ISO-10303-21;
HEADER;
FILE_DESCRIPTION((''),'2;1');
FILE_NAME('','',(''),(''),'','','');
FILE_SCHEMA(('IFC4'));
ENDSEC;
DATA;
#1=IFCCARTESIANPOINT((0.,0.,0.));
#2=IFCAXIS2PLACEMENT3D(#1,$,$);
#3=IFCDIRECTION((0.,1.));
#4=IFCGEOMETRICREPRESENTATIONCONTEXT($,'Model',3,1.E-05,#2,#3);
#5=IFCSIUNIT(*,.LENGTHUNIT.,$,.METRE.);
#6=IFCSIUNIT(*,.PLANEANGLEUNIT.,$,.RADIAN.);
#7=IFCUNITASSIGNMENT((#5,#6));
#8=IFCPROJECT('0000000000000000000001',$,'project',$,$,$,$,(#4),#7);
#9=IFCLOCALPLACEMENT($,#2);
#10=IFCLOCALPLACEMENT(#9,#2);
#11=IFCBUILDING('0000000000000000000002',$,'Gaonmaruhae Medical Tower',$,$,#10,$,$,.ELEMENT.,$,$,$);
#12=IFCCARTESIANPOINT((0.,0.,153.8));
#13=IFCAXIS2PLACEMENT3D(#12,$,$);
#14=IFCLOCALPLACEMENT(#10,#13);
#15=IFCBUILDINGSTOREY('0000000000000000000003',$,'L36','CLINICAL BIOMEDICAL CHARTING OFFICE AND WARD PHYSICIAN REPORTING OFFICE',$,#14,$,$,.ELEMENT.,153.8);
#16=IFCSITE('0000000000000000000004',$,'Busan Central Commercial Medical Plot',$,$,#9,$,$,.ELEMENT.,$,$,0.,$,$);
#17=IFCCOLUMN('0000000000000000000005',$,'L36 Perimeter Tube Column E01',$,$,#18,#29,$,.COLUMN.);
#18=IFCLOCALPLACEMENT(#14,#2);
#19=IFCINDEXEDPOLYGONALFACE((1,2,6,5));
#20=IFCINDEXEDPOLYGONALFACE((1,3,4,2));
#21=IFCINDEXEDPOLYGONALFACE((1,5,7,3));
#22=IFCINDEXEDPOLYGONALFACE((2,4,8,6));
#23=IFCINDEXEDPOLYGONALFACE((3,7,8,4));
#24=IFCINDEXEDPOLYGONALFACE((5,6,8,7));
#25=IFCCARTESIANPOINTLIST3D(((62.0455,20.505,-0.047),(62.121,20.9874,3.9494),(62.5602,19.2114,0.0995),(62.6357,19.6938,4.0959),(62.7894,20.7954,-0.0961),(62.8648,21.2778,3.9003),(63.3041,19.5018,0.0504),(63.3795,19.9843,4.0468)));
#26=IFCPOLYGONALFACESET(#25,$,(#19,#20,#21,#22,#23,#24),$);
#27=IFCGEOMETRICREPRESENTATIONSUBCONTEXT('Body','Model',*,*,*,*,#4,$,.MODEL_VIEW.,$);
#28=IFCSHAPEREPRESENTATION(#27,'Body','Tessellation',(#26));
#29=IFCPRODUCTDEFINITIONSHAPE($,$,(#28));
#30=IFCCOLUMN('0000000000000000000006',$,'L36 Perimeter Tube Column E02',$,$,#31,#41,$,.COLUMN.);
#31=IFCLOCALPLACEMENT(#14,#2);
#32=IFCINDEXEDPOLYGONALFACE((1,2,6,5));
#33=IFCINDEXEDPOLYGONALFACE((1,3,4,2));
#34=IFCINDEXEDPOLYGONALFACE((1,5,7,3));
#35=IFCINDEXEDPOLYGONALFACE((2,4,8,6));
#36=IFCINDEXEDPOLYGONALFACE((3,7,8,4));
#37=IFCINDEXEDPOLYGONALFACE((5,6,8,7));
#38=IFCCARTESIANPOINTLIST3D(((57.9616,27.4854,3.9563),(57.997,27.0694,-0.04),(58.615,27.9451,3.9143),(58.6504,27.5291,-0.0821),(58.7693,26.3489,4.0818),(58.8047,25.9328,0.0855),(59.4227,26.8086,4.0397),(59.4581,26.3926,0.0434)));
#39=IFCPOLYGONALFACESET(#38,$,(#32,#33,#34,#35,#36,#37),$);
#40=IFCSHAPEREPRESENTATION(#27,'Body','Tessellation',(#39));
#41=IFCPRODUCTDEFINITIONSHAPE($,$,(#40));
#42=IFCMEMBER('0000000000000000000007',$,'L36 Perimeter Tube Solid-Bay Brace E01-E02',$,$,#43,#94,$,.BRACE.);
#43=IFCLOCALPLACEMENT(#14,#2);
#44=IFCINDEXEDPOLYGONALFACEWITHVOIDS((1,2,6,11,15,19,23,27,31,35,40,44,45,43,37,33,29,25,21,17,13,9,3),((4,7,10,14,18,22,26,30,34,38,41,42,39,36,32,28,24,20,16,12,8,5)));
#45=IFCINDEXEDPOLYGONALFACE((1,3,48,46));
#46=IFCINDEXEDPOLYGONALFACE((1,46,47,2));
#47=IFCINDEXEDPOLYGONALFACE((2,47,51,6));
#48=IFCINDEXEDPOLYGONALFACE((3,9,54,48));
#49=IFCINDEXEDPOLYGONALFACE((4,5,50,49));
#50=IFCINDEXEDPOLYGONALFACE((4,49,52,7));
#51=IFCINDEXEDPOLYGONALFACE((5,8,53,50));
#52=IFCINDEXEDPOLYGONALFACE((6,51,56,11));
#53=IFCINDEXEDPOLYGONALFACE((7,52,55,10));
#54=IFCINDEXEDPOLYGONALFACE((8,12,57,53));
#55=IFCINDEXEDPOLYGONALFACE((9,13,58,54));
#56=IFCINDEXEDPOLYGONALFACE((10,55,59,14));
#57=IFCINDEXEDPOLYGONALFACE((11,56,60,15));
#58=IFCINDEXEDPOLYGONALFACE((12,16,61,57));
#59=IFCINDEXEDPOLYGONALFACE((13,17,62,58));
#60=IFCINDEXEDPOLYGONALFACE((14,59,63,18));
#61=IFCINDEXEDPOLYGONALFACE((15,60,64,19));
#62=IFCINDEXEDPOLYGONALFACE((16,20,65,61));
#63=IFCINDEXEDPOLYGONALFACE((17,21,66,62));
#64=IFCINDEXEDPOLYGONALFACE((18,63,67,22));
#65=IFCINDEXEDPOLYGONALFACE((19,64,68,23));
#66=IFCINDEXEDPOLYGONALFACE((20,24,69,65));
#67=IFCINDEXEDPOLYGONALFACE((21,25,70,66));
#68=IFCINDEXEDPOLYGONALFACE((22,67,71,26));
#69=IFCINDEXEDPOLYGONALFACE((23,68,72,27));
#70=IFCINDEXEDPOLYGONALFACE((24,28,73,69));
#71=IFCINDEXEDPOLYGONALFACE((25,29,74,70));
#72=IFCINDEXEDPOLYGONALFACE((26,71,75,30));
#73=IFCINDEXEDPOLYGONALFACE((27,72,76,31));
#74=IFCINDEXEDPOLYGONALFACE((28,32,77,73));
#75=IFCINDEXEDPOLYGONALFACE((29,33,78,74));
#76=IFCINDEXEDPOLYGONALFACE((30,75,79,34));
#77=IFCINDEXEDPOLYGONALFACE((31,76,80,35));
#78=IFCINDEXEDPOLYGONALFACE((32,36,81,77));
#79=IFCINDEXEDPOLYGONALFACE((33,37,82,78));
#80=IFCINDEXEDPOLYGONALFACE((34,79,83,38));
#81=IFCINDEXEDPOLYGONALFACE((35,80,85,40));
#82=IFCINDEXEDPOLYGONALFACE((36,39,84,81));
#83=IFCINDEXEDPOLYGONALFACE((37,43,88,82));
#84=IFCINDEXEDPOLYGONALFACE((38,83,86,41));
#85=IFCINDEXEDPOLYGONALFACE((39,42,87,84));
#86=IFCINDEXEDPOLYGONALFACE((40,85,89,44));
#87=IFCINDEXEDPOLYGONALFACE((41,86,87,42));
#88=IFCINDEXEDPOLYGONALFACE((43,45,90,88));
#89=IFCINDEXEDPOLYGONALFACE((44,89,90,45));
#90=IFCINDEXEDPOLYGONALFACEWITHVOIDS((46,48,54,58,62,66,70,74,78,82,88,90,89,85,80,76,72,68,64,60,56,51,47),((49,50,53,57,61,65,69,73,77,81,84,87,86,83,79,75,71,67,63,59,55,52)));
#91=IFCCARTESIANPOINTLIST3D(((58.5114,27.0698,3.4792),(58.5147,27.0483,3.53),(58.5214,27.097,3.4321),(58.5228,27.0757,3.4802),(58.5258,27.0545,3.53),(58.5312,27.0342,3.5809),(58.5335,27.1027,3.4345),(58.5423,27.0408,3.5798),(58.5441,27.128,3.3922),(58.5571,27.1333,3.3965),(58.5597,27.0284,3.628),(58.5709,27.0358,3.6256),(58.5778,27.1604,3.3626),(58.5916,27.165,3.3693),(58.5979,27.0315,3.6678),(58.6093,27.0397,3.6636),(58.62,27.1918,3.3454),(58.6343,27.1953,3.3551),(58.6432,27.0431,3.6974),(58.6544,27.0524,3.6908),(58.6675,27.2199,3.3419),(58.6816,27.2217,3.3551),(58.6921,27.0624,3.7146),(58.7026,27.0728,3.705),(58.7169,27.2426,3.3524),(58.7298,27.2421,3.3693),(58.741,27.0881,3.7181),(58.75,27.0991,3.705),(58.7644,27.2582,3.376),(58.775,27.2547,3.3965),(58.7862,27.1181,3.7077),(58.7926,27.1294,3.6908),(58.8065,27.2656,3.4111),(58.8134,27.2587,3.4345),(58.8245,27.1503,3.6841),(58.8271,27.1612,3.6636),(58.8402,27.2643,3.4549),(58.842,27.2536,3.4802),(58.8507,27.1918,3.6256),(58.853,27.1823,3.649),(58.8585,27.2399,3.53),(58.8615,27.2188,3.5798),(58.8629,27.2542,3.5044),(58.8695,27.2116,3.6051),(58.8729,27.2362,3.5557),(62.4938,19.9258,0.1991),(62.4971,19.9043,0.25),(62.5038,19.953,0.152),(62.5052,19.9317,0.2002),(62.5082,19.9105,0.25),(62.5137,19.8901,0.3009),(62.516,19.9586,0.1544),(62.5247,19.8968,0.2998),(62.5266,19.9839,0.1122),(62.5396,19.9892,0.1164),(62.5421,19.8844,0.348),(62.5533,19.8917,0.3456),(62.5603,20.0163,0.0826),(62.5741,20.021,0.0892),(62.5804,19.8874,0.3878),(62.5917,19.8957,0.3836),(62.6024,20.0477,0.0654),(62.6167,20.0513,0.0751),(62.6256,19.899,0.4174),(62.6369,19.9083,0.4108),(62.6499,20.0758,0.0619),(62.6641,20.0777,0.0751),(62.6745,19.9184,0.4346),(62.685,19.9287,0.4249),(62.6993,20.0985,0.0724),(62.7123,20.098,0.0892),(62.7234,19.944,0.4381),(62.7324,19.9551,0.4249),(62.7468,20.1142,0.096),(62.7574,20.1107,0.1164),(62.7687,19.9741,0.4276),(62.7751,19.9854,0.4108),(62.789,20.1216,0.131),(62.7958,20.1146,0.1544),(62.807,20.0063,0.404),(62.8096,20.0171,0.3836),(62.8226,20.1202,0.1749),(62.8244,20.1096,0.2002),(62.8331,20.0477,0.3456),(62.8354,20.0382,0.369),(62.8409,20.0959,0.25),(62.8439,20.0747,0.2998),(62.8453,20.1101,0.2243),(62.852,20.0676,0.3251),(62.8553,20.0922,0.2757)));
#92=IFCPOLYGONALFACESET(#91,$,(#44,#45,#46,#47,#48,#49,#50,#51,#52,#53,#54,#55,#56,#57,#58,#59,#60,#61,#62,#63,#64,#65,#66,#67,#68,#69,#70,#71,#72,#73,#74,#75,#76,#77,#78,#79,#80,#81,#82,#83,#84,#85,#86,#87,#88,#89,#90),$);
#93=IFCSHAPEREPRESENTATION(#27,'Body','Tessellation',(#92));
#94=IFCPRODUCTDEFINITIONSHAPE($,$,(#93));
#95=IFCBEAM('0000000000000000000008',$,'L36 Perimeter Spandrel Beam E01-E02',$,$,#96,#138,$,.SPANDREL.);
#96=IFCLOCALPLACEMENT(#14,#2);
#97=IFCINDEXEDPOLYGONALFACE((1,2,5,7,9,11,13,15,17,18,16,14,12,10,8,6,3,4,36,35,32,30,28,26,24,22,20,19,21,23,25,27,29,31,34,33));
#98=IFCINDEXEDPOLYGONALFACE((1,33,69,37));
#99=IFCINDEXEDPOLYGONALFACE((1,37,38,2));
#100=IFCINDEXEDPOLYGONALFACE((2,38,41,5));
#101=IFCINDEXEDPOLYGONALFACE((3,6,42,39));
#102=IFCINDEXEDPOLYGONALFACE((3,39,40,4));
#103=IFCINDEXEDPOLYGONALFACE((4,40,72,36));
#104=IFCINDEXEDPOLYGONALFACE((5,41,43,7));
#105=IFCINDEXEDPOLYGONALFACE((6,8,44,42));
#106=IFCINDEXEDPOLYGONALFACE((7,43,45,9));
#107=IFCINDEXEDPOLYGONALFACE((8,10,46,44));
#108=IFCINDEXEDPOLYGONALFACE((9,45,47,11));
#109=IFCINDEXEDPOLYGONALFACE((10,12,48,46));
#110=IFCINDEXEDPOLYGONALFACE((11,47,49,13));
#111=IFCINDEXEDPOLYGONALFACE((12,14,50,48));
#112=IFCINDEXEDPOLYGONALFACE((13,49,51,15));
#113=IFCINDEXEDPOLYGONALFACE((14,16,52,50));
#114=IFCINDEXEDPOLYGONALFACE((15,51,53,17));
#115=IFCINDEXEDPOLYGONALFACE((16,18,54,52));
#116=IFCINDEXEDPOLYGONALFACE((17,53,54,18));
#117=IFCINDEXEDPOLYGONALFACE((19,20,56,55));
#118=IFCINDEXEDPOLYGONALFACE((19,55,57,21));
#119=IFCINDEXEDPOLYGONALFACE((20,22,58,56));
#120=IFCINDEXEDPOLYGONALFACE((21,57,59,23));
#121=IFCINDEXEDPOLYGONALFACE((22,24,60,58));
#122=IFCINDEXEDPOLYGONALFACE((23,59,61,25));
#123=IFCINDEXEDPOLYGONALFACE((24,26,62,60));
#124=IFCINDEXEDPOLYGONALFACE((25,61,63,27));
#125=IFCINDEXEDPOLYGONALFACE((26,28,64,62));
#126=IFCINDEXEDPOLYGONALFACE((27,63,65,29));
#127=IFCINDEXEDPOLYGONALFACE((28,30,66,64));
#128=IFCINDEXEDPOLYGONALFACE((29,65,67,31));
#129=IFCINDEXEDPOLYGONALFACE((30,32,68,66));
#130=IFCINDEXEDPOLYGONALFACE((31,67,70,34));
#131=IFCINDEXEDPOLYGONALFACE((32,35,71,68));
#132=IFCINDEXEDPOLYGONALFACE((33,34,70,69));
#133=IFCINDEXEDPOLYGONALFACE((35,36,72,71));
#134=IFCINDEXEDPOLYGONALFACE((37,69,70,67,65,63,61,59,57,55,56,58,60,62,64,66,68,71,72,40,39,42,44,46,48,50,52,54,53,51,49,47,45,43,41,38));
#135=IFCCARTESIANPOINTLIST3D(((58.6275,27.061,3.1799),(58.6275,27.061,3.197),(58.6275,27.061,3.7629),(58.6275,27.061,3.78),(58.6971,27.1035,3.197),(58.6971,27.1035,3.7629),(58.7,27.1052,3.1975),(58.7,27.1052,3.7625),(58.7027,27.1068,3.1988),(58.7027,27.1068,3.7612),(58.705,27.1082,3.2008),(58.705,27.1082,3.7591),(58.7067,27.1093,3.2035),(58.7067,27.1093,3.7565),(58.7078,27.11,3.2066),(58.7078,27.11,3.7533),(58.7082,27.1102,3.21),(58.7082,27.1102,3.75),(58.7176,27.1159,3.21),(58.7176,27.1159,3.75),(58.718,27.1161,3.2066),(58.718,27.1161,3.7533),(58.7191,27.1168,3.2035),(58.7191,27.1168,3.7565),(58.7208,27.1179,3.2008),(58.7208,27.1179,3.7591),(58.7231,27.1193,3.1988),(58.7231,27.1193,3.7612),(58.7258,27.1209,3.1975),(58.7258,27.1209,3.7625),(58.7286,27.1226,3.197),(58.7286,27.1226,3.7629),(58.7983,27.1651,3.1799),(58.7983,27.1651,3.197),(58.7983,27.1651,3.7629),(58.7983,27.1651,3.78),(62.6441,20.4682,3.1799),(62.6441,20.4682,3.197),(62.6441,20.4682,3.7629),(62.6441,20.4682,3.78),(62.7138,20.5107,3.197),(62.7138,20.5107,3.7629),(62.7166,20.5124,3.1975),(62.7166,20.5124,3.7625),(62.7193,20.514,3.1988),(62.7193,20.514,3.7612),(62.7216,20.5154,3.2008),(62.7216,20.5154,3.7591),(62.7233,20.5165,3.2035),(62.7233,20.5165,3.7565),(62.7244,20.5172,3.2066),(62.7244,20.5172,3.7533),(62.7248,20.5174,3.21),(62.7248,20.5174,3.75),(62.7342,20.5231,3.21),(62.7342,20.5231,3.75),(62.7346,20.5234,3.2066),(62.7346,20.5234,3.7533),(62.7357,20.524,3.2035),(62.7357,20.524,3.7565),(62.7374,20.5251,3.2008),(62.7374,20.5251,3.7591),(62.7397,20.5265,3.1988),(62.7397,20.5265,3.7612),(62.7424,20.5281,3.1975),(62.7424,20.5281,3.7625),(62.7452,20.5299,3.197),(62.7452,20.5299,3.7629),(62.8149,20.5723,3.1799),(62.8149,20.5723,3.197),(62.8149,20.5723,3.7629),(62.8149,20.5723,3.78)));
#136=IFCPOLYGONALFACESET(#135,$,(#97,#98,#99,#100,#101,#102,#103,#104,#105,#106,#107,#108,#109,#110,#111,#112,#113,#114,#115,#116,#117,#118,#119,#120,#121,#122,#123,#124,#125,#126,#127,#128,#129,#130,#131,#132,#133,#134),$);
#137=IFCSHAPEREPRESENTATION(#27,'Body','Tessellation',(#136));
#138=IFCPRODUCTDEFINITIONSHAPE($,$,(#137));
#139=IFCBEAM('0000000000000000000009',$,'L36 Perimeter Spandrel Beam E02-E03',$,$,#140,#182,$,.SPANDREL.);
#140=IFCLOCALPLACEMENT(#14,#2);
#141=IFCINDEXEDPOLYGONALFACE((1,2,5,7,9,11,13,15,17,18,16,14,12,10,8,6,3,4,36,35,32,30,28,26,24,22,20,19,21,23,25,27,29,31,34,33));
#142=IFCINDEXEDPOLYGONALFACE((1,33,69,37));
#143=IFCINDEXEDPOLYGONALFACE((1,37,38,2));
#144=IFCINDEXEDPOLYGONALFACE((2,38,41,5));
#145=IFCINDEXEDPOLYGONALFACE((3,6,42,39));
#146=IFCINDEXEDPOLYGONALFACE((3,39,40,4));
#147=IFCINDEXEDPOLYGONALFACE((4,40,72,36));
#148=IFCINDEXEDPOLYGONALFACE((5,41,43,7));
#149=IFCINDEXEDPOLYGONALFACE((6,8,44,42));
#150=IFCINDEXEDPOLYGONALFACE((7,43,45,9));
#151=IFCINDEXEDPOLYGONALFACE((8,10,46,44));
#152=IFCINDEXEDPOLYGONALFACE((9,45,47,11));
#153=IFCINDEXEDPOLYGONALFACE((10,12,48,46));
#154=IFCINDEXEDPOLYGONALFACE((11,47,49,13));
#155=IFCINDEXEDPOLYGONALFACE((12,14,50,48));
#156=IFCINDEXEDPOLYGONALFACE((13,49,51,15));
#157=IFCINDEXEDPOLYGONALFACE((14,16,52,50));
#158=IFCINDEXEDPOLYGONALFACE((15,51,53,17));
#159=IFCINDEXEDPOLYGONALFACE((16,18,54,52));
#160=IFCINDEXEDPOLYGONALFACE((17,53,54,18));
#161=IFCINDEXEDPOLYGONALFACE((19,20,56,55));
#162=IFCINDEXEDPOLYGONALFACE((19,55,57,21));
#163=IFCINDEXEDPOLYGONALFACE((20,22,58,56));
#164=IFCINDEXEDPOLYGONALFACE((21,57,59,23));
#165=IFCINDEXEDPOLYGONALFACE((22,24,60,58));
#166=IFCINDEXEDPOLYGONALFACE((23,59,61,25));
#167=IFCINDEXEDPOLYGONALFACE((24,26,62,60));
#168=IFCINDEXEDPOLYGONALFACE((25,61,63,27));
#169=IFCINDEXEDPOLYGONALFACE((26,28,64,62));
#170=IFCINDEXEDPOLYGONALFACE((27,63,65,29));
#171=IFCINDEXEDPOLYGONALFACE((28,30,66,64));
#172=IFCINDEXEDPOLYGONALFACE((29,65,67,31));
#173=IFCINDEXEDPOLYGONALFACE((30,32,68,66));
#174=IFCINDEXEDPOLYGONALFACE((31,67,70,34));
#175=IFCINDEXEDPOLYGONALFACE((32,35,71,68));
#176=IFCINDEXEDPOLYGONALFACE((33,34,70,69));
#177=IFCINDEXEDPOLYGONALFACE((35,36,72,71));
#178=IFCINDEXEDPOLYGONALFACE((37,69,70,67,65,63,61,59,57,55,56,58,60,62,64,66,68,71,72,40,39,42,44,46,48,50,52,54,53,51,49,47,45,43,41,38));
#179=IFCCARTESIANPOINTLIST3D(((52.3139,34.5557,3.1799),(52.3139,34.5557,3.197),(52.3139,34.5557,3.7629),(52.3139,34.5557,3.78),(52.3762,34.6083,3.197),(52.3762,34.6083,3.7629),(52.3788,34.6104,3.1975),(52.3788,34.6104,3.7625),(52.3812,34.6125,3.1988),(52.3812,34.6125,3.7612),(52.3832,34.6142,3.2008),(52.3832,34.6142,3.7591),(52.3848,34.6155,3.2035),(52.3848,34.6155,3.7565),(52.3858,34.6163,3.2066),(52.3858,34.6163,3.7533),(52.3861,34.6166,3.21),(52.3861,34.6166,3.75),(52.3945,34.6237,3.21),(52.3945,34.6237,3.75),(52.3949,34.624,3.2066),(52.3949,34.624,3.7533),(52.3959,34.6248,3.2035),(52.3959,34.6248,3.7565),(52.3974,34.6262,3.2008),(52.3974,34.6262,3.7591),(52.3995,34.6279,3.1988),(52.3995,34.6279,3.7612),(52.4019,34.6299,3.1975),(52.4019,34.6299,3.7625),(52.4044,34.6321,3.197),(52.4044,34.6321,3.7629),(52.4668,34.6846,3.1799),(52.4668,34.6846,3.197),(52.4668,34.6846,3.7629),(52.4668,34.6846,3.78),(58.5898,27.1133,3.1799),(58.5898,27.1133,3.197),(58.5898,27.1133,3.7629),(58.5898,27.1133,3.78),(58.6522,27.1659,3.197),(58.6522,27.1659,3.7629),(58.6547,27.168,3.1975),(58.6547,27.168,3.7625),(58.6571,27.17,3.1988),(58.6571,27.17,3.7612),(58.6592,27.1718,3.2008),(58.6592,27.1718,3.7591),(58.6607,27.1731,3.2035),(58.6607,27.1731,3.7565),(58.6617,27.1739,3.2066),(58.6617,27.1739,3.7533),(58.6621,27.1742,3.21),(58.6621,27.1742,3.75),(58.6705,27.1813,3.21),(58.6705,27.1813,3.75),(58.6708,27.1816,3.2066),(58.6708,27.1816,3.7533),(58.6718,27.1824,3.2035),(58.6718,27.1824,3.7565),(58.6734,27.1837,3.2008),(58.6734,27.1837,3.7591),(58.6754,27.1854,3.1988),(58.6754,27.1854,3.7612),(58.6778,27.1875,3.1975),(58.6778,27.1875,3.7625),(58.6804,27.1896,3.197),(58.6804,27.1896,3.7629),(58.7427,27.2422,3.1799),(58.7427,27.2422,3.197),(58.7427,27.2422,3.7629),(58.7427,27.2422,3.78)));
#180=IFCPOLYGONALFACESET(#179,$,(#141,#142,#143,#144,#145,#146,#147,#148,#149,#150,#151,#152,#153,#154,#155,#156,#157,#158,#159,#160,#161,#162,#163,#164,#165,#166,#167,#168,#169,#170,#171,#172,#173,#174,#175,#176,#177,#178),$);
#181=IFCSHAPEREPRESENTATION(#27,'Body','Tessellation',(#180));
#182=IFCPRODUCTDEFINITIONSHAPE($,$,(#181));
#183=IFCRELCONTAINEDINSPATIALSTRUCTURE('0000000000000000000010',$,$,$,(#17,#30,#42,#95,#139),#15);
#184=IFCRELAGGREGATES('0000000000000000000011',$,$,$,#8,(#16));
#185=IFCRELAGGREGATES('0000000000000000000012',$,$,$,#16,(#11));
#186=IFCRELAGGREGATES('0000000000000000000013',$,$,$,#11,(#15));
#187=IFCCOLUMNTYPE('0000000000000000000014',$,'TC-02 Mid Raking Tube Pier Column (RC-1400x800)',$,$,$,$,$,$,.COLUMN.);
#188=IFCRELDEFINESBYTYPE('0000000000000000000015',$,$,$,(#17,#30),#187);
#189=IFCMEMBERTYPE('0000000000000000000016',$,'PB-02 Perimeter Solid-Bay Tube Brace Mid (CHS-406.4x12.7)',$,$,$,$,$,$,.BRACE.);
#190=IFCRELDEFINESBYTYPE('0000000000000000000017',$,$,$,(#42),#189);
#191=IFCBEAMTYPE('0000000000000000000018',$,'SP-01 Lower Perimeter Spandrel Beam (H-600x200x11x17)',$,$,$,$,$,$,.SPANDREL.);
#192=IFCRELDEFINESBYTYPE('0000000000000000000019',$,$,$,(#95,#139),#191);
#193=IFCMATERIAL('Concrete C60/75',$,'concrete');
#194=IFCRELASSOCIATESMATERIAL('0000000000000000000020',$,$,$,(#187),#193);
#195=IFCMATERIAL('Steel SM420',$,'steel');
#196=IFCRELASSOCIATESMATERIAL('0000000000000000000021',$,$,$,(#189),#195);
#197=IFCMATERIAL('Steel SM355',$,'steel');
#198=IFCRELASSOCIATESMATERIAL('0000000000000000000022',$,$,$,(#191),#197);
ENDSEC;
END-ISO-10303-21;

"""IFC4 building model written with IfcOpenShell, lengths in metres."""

from ifc_helpers import new_model, si_unit, direction, frame, origin, origin_2d, place, context, subcontext, project, spatial, rectangle, hollow_circle, i_section, extrude, material, material_profile, profile_set, type_object, element, save


model = new_model("IFC4")

# Units and contexts
model_context = context("Model", 3, precision=1e-05, world=origin(), true_north=direction((0.0, 1.0)))
body_context = subcontext(model_context, "Body", "Model", "MODEL_VIEW")
ifc_project = project(units=[si_unit("LENGTHUNIT", "METRE"), si_unit("PLANEANGLEUNIT", "RADIAN")], contexts=[model_context])

# Site, building, storey
site_placement = place(None, origin())
site = spatial("IfcSite", under=ifc_project, at=site_placement, Name="Busan Central Commercial Medical Plot", CompositionType="ELEMENT", RefElevation=0.0)
building_placement = place(site_placement, origin())
building = spatial("IfcBuilding", under=site, at=building_placement, Name="Gaonmaruhae Medical Tower", CompositionType="ELEMENT")
storey_placement = place(building_placement, frame((0.0, 0.0, 153.8)))
storey = spatial("IfcBuildingStorey", under=building, at=storey_placement, Name="L36", Description="CLINICAL BIOMEDICAL CHARTING OFFICE AND WARD PHYSICIAN REPORTING OFFICE", CompositionType="ELEMENT", Elevation=153.8)

# Columns
ifc_material_1 = material(Name="Concrete C60/75", Category="concrete")
ifc_material_profile_1 = material_profile(ifc_material_1, rectangle(XDim=1.3999, YDim=0.8, at=origin_2d()), Name="RC-1400x800")
ifc_profile_set_1 = profile_set([ifc_material_profile_1], Name="Concrete C60/75")
column_type = type_object("IfcColumnType", Name="TC-02 Mid Raking Tube Pier Column (RC-1400x800)", PredefinedType="COLUMN", material=ifc_profile_set_1)
column_1_placement = place(storey_placement, frame((62.6748, 20.0034, 0.0017), z_axis=(0.018738, 0.119825, 0.992618), x_axis=(0.367684, -0.924049, 0.104607)))
element("IfcColumn", 1, at=column_1_placement, inside=storey, type_object=column_type, Name="L36 Perimeter Tube Column E01", PredefinedType="COLUMN", context=body_context, shape_type="SweptSolid", body=[
    extrude(rectangle(XDim=1.3999, YDim=0.8, at=origin_2d()), origin(), (0.0, 0.0, 1.0), 4.0261),
])
column_2_placement = place(storey_placement, frame((58.7275, 26.731, 0.0017), z_axis=(-0.00881, 0.103536, 0.994587), x_axis=(0.576946, -0.81185, 0.089624)))
element("IfcColumn", 2, at=column_2_placement, inside=storey, type_object=column_type, Name="L36 Perimeter Tube Column E02", PredefinedType="COLUMN", context=body_context, shape_type="SweptSolid", body=[
    extrude(rectangle(XDim=1.3999, YDim=0.8, at=origin_2d()), origin(), (0.0, 0.0, 1.0), 4.0181),
])

# Member
ifc_material_2 = material(Name="Steel SM420", Category="steel")
ifc_material_profile_2 = material_profile(ifc_material_2, hollow_circle(Radius=0.2031, WallThickness=0.0127, at=origin_2d()), Name="CHS-406.4x12.7")
ifc_profile_set_2 = profile_set([ifc_material_profile_2], Name="Steel SM420")
member_type = type_object("IfcMemberType", Name="PB-02 Perimeter Solid-Bay Tube Brace Mid (CHS-406.4x12.7)", PredefinedType="BRACE", material=ifc_profile_set_2)
member_placement = place(storey_placement, frame((62.6746, 20.0032, 0.25), z_axis=(-0.451919, 0.810695, 0.372213), x_axis=(-0.873455, -0.486905, 0.0)))
element("IfcMember", 3, at=member_placement, inside=storey, type_object=member_type, Name="L36 Perimeter Tube Solid-Bay Brace E01-E02", PredefinedType="BRACE", context=body_context, shape_type="SweptSolid", body=[
    extrude(hollow_circle(Radius=0.2031, WallThickness=0.0127, at=origin_2d()), origin(), (0.0, 0.0, 1.0), 8.8123),
])

# Beams
ifc_material_3 = material(Name="Steel SM355", Category="steel")
ifc_material_profile_3 = material_profile(ifc_material_3, i_section(OverallWidth=0.2, OverallDepth=0.6001, WebThickness=0.011, FlangeThickness=0.0171, FilletRadius=0.0129, at=origin_2d()), Name="H-600x200x11x17")
ifc_profile_set_3 = profile_set([ifc_material_profile_3], Name="Steel SM355")
beam_type = type_object("IfcBeamType", Name="SP-01 Lower Perimeter Spandrel Beam (H-600x200x11x17)", PredefinedType="SPANDREL", material=ifc_profile_set_3)
beam_1_placement = place(storey_placement, frame((62.7295, 20.5203, 3.48), z_axis=(-0.520288, 0.853991, 0.0), x_axis=(-0.853991, -0.520288, 0.0)))
element("IfcBeam", 4, at=beam_1_placement, inside=storey, type_object=beam_type, Name="L36 Perimeter Spandrel Beam E01-E02", PredefinedType="SPANDREL", context=body_context, shape_type="SweptSolid", body=[
    extrude(i_section(OverallWidth=0.2, OverallDepth=0.6001, WebThickness=0.011, FlangeThickness=0.0171, FilletRadius=0.0129, at=origin_2d()), origin(), (0.0, 0.0, 1.0), 7.72),
])
beam_2_placement = place(storey_placement, frame((58.6663, 27.1777, 3.48), z_axis=(-0.644653, 0.764475, 0.0), x_axis=(-0.764475, -0.644653, 0.0)))
element("IfcBeam", 5, at=beam_2_placement, inside=storey, type_object=beam_type, Name="L36 Perimeter Spandrel Beam E02-E03", PredefinedType="SPANDREL", context=body_context, shape_type="SweptSolid", body=[
    extrude(i_section(OverallWidth=0.2, OverallDepth=0.6001, WebThickness=0.011, FlangeThickness=0.0171, FilletRadius=0.0129, at=origin_2d()), origin(), (0.0, 0.0, 1.0), 9.7354),
])

save(model, "model.ifc")
